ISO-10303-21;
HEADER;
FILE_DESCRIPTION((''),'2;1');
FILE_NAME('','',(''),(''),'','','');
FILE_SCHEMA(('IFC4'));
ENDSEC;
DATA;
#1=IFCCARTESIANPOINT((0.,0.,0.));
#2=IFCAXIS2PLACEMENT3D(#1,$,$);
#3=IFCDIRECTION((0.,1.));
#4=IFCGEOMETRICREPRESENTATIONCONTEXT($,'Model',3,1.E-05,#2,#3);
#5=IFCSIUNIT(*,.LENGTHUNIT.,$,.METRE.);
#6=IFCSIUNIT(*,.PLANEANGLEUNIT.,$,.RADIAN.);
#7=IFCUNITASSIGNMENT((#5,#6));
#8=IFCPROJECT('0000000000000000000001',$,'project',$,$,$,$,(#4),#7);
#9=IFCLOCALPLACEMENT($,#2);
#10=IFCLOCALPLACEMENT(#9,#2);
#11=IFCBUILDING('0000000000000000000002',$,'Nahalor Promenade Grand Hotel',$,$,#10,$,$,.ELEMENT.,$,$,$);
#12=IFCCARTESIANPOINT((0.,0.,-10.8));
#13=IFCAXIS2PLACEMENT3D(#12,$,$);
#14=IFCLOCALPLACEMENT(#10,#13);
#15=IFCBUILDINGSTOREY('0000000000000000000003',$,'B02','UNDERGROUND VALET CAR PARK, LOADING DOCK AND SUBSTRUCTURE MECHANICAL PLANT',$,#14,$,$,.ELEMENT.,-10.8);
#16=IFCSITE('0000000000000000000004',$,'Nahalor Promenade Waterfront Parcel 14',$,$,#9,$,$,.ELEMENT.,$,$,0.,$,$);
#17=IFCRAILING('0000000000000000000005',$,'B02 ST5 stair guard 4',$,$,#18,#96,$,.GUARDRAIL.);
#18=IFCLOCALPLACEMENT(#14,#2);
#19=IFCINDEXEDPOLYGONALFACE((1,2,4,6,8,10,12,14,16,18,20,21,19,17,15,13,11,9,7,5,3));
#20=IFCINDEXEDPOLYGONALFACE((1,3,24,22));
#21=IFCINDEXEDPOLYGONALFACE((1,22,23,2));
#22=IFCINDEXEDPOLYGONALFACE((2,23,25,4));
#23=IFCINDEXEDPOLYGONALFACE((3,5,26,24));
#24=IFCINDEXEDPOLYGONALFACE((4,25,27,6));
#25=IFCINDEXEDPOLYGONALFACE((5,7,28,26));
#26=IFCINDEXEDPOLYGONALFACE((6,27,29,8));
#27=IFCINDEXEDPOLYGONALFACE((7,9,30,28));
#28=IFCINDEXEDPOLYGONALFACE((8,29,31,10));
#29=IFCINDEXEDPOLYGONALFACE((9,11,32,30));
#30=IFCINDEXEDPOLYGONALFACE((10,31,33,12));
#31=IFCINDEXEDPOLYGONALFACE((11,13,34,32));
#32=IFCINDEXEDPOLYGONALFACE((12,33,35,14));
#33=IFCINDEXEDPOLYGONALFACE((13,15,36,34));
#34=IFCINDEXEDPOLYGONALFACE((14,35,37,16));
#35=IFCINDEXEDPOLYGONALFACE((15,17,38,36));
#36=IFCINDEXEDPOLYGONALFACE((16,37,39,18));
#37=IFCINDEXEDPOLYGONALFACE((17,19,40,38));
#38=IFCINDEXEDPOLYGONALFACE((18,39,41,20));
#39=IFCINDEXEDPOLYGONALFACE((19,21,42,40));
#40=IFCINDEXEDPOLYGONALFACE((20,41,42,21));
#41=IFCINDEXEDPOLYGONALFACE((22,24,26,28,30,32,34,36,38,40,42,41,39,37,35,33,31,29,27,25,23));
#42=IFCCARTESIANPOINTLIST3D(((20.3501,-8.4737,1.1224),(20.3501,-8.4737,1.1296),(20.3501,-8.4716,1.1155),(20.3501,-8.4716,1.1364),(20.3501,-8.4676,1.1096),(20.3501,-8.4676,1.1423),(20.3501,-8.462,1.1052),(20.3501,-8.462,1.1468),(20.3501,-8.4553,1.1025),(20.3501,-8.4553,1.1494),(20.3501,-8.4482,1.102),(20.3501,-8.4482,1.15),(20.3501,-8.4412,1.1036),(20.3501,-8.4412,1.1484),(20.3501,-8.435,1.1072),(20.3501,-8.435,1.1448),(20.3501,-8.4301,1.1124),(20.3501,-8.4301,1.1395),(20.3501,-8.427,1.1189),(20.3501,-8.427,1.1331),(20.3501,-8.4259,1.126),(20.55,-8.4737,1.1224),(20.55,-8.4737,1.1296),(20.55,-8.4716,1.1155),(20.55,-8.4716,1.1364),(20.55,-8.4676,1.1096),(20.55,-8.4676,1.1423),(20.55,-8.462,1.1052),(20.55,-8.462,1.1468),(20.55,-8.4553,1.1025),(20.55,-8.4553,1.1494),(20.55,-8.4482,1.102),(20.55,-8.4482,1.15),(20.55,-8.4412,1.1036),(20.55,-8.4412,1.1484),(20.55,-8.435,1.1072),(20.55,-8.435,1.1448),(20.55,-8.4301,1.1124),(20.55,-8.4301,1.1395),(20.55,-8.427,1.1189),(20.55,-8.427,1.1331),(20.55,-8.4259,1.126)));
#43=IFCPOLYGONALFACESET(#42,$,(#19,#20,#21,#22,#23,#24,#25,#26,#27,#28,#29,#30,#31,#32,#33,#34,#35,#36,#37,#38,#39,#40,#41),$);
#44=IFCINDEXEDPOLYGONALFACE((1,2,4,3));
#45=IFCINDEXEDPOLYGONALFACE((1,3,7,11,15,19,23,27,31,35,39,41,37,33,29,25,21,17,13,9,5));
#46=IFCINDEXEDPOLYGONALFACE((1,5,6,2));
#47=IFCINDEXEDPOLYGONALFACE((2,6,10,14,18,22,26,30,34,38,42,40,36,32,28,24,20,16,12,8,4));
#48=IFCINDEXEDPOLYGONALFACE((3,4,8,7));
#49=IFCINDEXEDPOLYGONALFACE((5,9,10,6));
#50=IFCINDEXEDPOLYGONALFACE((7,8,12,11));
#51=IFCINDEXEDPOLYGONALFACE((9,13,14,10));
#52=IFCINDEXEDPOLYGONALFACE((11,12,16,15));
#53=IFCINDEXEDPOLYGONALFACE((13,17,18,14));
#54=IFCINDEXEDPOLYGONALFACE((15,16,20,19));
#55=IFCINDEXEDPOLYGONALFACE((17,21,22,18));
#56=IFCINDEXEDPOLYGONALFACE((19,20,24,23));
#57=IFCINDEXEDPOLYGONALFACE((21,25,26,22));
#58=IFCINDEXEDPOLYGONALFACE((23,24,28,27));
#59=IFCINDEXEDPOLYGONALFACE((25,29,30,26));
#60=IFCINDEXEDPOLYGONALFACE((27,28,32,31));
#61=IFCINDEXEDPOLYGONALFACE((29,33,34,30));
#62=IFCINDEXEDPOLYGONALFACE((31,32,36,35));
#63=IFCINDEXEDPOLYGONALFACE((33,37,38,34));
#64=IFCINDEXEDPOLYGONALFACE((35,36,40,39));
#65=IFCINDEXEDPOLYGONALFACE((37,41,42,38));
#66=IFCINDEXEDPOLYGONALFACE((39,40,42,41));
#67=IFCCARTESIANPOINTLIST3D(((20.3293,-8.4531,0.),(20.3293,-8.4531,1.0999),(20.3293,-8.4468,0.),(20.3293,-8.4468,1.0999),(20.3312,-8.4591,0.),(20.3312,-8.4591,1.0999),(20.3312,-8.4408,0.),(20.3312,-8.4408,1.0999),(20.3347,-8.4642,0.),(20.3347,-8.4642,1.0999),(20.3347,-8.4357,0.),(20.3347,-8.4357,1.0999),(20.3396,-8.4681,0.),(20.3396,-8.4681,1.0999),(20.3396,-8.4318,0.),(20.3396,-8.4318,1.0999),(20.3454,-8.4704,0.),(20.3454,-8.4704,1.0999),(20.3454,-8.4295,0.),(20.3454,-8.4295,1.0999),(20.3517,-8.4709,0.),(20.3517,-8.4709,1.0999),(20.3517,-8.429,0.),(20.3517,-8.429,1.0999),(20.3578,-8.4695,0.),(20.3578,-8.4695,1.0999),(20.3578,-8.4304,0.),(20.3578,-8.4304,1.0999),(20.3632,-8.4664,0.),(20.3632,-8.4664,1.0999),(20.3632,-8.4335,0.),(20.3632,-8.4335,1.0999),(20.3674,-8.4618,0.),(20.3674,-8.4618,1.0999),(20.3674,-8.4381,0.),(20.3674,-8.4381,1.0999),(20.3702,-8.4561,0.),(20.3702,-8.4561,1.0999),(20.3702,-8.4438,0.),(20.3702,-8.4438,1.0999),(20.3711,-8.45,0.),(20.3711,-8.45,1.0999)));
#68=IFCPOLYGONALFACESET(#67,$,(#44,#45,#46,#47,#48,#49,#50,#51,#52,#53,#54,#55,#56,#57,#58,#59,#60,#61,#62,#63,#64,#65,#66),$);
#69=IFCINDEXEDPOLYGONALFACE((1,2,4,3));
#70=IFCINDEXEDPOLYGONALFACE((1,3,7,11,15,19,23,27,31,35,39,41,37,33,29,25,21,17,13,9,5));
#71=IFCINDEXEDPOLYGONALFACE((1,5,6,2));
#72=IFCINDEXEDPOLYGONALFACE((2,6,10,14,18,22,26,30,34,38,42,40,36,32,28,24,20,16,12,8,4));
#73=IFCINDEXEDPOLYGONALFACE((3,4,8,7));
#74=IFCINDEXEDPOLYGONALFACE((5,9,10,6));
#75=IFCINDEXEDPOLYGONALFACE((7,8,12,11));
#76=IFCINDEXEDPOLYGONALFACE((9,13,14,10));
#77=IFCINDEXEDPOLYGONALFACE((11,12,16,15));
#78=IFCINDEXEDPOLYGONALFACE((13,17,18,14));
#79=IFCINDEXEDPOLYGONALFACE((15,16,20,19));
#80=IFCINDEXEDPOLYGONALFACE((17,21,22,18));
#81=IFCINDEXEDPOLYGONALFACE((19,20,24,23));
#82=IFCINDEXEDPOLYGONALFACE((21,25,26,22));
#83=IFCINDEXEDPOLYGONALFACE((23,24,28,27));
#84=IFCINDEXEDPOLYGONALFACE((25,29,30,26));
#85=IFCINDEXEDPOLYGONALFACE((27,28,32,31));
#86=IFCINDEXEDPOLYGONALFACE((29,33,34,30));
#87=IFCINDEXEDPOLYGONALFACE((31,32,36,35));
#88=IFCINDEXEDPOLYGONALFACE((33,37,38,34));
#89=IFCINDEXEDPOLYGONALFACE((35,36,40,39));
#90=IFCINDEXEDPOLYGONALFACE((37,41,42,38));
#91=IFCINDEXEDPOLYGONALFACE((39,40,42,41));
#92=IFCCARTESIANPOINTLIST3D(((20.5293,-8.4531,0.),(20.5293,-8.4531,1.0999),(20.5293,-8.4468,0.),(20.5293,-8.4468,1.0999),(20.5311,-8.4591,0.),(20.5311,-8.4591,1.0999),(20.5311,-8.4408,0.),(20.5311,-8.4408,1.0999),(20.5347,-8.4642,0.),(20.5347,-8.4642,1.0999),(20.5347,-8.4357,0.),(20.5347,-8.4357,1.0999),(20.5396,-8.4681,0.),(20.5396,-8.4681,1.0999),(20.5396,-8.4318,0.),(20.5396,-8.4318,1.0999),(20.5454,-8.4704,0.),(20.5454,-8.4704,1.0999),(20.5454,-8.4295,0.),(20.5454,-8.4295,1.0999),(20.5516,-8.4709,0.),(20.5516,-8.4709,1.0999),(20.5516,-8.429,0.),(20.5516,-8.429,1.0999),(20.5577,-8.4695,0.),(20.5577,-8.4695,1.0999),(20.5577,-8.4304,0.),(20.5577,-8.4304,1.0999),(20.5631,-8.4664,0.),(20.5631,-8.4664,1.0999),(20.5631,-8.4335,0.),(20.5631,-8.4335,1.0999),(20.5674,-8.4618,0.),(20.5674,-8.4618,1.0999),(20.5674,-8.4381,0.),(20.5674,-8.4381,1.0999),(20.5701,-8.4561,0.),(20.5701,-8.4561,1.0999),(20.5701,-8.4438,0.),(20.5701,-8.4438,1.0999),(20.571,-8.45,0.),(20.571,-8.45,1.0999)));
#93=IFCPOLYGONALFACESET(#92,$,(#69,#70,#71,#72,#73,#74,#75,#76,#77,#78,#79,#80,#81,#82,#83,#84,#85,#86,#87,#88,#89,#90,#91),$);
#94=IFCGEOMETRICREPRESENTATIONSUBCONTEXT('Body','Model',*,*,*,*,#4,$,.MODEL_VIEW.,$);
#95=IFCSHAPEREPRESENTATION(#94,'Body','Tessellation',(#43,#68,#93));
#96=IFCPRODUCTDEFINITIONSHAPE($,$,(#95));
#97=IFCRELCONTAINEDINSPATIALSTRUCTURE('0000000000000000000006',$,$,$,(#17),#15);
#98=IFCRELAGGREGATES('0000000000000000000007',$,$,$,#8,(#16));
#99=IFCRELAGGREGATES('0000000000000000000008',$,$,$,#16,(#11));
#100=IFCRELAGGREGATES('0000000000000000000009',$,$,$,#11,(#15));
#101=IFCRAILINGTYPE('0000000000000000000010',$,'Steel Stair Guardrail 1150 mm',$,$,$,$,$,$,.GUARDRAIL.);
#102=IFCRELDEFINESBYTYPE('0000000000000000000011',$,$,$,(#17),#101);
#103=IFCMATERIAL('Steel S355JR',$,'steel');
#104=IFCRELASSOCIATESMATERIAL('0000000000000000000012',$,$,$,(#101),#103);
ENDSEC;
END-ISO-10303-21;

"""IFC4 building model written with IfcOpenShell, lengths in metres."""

from ifc_helpers import new_model, si_unit, direction, frame, origin, origin_2d, place, context, subcontext, project, spatial, circle, extrude, material, type_object, element, save


model = new_model("IFC4")

# Units and contexts
model_context = context("Model", 3, precision=1e-05, world=origin(), true_north=direction((0.0, 1.0)))
body_context = subcontext(model_context, "Body", "Model", "MODEL_VIEW")
ifc_project = project(units=[si_unit("LENGTHUNIT", "METRE"), si_unit("PLANEANGLEUNIT", "RADIAN")], contexts=[model_context])

# Site, building, storey
site_placement = place(None, origin())
site = spatial("IfcSite", under=ifc_project, at=site_placement, Name="Nahalor Promenade Waterfront Parcel 14", CompositionType="ELEMENT", RefElevation=0.0)
building_placement = place(site_placement, origin())
building = spatial("IfcBuilding", under=site, at=building_placement, Name="Nahalor Promenade Grand Hotel", CompositionType="ELEMENT")
storey_placement = place(building_placement, frame((0.0, 0.0, -10.8)))
storey = spatial("IfcBuildingStorey", under=building, at=storey_placement, Name="B02", Description="UNDERGROUND VALET CAR PARK, LOADING DOCK AND SUBSTRUCTURE MECHANICAL PLANT", CompositionType="ELEMENT", Elevation=-10.8)

# Shared definitions
ifc_material_1 = material(Name="Steel S355JR", Category="steel")

# Railing
railing_type_1 = type_object("IfcRailingType", Name="Steel Stair Guardrail 1150 mm", PredefinedType="GUARDRAIL", material=ifc_material_1)
railing_1_placement = place(storey_placement, frame((20.3501, -8.45, 0.0)))
element("IfcRailing", 1, at=railing_1_placement, inside=storey, type_object=railing_type_1, Name="B02 ST5 stair guard 4", PredefinedType="GUARDRAIL", context=body_context, shape_type="SweptSolid", body=[
    extrude(circle(Radius=0.024, at=origin_2d()), frame((0.0, 0.0, 1.126), z_axis=(1.0, 0.0, 0.0), x_axis=(0.0, 1.0, 0.0)), (0.0, 0.0, 1.0), 0.2),
    extrude(circle(Radius=0.021, at=origin_2d()), origin(), (0.0, 0.0, 1.0), 1.0999),
    extrude(circle(Radius=0.021, at=origin_2d()), frame((0.2, 0.0, 0.0)), (0.0, 0.0, 1.0), 1.0999),
])

save(model, "model.ifc")
